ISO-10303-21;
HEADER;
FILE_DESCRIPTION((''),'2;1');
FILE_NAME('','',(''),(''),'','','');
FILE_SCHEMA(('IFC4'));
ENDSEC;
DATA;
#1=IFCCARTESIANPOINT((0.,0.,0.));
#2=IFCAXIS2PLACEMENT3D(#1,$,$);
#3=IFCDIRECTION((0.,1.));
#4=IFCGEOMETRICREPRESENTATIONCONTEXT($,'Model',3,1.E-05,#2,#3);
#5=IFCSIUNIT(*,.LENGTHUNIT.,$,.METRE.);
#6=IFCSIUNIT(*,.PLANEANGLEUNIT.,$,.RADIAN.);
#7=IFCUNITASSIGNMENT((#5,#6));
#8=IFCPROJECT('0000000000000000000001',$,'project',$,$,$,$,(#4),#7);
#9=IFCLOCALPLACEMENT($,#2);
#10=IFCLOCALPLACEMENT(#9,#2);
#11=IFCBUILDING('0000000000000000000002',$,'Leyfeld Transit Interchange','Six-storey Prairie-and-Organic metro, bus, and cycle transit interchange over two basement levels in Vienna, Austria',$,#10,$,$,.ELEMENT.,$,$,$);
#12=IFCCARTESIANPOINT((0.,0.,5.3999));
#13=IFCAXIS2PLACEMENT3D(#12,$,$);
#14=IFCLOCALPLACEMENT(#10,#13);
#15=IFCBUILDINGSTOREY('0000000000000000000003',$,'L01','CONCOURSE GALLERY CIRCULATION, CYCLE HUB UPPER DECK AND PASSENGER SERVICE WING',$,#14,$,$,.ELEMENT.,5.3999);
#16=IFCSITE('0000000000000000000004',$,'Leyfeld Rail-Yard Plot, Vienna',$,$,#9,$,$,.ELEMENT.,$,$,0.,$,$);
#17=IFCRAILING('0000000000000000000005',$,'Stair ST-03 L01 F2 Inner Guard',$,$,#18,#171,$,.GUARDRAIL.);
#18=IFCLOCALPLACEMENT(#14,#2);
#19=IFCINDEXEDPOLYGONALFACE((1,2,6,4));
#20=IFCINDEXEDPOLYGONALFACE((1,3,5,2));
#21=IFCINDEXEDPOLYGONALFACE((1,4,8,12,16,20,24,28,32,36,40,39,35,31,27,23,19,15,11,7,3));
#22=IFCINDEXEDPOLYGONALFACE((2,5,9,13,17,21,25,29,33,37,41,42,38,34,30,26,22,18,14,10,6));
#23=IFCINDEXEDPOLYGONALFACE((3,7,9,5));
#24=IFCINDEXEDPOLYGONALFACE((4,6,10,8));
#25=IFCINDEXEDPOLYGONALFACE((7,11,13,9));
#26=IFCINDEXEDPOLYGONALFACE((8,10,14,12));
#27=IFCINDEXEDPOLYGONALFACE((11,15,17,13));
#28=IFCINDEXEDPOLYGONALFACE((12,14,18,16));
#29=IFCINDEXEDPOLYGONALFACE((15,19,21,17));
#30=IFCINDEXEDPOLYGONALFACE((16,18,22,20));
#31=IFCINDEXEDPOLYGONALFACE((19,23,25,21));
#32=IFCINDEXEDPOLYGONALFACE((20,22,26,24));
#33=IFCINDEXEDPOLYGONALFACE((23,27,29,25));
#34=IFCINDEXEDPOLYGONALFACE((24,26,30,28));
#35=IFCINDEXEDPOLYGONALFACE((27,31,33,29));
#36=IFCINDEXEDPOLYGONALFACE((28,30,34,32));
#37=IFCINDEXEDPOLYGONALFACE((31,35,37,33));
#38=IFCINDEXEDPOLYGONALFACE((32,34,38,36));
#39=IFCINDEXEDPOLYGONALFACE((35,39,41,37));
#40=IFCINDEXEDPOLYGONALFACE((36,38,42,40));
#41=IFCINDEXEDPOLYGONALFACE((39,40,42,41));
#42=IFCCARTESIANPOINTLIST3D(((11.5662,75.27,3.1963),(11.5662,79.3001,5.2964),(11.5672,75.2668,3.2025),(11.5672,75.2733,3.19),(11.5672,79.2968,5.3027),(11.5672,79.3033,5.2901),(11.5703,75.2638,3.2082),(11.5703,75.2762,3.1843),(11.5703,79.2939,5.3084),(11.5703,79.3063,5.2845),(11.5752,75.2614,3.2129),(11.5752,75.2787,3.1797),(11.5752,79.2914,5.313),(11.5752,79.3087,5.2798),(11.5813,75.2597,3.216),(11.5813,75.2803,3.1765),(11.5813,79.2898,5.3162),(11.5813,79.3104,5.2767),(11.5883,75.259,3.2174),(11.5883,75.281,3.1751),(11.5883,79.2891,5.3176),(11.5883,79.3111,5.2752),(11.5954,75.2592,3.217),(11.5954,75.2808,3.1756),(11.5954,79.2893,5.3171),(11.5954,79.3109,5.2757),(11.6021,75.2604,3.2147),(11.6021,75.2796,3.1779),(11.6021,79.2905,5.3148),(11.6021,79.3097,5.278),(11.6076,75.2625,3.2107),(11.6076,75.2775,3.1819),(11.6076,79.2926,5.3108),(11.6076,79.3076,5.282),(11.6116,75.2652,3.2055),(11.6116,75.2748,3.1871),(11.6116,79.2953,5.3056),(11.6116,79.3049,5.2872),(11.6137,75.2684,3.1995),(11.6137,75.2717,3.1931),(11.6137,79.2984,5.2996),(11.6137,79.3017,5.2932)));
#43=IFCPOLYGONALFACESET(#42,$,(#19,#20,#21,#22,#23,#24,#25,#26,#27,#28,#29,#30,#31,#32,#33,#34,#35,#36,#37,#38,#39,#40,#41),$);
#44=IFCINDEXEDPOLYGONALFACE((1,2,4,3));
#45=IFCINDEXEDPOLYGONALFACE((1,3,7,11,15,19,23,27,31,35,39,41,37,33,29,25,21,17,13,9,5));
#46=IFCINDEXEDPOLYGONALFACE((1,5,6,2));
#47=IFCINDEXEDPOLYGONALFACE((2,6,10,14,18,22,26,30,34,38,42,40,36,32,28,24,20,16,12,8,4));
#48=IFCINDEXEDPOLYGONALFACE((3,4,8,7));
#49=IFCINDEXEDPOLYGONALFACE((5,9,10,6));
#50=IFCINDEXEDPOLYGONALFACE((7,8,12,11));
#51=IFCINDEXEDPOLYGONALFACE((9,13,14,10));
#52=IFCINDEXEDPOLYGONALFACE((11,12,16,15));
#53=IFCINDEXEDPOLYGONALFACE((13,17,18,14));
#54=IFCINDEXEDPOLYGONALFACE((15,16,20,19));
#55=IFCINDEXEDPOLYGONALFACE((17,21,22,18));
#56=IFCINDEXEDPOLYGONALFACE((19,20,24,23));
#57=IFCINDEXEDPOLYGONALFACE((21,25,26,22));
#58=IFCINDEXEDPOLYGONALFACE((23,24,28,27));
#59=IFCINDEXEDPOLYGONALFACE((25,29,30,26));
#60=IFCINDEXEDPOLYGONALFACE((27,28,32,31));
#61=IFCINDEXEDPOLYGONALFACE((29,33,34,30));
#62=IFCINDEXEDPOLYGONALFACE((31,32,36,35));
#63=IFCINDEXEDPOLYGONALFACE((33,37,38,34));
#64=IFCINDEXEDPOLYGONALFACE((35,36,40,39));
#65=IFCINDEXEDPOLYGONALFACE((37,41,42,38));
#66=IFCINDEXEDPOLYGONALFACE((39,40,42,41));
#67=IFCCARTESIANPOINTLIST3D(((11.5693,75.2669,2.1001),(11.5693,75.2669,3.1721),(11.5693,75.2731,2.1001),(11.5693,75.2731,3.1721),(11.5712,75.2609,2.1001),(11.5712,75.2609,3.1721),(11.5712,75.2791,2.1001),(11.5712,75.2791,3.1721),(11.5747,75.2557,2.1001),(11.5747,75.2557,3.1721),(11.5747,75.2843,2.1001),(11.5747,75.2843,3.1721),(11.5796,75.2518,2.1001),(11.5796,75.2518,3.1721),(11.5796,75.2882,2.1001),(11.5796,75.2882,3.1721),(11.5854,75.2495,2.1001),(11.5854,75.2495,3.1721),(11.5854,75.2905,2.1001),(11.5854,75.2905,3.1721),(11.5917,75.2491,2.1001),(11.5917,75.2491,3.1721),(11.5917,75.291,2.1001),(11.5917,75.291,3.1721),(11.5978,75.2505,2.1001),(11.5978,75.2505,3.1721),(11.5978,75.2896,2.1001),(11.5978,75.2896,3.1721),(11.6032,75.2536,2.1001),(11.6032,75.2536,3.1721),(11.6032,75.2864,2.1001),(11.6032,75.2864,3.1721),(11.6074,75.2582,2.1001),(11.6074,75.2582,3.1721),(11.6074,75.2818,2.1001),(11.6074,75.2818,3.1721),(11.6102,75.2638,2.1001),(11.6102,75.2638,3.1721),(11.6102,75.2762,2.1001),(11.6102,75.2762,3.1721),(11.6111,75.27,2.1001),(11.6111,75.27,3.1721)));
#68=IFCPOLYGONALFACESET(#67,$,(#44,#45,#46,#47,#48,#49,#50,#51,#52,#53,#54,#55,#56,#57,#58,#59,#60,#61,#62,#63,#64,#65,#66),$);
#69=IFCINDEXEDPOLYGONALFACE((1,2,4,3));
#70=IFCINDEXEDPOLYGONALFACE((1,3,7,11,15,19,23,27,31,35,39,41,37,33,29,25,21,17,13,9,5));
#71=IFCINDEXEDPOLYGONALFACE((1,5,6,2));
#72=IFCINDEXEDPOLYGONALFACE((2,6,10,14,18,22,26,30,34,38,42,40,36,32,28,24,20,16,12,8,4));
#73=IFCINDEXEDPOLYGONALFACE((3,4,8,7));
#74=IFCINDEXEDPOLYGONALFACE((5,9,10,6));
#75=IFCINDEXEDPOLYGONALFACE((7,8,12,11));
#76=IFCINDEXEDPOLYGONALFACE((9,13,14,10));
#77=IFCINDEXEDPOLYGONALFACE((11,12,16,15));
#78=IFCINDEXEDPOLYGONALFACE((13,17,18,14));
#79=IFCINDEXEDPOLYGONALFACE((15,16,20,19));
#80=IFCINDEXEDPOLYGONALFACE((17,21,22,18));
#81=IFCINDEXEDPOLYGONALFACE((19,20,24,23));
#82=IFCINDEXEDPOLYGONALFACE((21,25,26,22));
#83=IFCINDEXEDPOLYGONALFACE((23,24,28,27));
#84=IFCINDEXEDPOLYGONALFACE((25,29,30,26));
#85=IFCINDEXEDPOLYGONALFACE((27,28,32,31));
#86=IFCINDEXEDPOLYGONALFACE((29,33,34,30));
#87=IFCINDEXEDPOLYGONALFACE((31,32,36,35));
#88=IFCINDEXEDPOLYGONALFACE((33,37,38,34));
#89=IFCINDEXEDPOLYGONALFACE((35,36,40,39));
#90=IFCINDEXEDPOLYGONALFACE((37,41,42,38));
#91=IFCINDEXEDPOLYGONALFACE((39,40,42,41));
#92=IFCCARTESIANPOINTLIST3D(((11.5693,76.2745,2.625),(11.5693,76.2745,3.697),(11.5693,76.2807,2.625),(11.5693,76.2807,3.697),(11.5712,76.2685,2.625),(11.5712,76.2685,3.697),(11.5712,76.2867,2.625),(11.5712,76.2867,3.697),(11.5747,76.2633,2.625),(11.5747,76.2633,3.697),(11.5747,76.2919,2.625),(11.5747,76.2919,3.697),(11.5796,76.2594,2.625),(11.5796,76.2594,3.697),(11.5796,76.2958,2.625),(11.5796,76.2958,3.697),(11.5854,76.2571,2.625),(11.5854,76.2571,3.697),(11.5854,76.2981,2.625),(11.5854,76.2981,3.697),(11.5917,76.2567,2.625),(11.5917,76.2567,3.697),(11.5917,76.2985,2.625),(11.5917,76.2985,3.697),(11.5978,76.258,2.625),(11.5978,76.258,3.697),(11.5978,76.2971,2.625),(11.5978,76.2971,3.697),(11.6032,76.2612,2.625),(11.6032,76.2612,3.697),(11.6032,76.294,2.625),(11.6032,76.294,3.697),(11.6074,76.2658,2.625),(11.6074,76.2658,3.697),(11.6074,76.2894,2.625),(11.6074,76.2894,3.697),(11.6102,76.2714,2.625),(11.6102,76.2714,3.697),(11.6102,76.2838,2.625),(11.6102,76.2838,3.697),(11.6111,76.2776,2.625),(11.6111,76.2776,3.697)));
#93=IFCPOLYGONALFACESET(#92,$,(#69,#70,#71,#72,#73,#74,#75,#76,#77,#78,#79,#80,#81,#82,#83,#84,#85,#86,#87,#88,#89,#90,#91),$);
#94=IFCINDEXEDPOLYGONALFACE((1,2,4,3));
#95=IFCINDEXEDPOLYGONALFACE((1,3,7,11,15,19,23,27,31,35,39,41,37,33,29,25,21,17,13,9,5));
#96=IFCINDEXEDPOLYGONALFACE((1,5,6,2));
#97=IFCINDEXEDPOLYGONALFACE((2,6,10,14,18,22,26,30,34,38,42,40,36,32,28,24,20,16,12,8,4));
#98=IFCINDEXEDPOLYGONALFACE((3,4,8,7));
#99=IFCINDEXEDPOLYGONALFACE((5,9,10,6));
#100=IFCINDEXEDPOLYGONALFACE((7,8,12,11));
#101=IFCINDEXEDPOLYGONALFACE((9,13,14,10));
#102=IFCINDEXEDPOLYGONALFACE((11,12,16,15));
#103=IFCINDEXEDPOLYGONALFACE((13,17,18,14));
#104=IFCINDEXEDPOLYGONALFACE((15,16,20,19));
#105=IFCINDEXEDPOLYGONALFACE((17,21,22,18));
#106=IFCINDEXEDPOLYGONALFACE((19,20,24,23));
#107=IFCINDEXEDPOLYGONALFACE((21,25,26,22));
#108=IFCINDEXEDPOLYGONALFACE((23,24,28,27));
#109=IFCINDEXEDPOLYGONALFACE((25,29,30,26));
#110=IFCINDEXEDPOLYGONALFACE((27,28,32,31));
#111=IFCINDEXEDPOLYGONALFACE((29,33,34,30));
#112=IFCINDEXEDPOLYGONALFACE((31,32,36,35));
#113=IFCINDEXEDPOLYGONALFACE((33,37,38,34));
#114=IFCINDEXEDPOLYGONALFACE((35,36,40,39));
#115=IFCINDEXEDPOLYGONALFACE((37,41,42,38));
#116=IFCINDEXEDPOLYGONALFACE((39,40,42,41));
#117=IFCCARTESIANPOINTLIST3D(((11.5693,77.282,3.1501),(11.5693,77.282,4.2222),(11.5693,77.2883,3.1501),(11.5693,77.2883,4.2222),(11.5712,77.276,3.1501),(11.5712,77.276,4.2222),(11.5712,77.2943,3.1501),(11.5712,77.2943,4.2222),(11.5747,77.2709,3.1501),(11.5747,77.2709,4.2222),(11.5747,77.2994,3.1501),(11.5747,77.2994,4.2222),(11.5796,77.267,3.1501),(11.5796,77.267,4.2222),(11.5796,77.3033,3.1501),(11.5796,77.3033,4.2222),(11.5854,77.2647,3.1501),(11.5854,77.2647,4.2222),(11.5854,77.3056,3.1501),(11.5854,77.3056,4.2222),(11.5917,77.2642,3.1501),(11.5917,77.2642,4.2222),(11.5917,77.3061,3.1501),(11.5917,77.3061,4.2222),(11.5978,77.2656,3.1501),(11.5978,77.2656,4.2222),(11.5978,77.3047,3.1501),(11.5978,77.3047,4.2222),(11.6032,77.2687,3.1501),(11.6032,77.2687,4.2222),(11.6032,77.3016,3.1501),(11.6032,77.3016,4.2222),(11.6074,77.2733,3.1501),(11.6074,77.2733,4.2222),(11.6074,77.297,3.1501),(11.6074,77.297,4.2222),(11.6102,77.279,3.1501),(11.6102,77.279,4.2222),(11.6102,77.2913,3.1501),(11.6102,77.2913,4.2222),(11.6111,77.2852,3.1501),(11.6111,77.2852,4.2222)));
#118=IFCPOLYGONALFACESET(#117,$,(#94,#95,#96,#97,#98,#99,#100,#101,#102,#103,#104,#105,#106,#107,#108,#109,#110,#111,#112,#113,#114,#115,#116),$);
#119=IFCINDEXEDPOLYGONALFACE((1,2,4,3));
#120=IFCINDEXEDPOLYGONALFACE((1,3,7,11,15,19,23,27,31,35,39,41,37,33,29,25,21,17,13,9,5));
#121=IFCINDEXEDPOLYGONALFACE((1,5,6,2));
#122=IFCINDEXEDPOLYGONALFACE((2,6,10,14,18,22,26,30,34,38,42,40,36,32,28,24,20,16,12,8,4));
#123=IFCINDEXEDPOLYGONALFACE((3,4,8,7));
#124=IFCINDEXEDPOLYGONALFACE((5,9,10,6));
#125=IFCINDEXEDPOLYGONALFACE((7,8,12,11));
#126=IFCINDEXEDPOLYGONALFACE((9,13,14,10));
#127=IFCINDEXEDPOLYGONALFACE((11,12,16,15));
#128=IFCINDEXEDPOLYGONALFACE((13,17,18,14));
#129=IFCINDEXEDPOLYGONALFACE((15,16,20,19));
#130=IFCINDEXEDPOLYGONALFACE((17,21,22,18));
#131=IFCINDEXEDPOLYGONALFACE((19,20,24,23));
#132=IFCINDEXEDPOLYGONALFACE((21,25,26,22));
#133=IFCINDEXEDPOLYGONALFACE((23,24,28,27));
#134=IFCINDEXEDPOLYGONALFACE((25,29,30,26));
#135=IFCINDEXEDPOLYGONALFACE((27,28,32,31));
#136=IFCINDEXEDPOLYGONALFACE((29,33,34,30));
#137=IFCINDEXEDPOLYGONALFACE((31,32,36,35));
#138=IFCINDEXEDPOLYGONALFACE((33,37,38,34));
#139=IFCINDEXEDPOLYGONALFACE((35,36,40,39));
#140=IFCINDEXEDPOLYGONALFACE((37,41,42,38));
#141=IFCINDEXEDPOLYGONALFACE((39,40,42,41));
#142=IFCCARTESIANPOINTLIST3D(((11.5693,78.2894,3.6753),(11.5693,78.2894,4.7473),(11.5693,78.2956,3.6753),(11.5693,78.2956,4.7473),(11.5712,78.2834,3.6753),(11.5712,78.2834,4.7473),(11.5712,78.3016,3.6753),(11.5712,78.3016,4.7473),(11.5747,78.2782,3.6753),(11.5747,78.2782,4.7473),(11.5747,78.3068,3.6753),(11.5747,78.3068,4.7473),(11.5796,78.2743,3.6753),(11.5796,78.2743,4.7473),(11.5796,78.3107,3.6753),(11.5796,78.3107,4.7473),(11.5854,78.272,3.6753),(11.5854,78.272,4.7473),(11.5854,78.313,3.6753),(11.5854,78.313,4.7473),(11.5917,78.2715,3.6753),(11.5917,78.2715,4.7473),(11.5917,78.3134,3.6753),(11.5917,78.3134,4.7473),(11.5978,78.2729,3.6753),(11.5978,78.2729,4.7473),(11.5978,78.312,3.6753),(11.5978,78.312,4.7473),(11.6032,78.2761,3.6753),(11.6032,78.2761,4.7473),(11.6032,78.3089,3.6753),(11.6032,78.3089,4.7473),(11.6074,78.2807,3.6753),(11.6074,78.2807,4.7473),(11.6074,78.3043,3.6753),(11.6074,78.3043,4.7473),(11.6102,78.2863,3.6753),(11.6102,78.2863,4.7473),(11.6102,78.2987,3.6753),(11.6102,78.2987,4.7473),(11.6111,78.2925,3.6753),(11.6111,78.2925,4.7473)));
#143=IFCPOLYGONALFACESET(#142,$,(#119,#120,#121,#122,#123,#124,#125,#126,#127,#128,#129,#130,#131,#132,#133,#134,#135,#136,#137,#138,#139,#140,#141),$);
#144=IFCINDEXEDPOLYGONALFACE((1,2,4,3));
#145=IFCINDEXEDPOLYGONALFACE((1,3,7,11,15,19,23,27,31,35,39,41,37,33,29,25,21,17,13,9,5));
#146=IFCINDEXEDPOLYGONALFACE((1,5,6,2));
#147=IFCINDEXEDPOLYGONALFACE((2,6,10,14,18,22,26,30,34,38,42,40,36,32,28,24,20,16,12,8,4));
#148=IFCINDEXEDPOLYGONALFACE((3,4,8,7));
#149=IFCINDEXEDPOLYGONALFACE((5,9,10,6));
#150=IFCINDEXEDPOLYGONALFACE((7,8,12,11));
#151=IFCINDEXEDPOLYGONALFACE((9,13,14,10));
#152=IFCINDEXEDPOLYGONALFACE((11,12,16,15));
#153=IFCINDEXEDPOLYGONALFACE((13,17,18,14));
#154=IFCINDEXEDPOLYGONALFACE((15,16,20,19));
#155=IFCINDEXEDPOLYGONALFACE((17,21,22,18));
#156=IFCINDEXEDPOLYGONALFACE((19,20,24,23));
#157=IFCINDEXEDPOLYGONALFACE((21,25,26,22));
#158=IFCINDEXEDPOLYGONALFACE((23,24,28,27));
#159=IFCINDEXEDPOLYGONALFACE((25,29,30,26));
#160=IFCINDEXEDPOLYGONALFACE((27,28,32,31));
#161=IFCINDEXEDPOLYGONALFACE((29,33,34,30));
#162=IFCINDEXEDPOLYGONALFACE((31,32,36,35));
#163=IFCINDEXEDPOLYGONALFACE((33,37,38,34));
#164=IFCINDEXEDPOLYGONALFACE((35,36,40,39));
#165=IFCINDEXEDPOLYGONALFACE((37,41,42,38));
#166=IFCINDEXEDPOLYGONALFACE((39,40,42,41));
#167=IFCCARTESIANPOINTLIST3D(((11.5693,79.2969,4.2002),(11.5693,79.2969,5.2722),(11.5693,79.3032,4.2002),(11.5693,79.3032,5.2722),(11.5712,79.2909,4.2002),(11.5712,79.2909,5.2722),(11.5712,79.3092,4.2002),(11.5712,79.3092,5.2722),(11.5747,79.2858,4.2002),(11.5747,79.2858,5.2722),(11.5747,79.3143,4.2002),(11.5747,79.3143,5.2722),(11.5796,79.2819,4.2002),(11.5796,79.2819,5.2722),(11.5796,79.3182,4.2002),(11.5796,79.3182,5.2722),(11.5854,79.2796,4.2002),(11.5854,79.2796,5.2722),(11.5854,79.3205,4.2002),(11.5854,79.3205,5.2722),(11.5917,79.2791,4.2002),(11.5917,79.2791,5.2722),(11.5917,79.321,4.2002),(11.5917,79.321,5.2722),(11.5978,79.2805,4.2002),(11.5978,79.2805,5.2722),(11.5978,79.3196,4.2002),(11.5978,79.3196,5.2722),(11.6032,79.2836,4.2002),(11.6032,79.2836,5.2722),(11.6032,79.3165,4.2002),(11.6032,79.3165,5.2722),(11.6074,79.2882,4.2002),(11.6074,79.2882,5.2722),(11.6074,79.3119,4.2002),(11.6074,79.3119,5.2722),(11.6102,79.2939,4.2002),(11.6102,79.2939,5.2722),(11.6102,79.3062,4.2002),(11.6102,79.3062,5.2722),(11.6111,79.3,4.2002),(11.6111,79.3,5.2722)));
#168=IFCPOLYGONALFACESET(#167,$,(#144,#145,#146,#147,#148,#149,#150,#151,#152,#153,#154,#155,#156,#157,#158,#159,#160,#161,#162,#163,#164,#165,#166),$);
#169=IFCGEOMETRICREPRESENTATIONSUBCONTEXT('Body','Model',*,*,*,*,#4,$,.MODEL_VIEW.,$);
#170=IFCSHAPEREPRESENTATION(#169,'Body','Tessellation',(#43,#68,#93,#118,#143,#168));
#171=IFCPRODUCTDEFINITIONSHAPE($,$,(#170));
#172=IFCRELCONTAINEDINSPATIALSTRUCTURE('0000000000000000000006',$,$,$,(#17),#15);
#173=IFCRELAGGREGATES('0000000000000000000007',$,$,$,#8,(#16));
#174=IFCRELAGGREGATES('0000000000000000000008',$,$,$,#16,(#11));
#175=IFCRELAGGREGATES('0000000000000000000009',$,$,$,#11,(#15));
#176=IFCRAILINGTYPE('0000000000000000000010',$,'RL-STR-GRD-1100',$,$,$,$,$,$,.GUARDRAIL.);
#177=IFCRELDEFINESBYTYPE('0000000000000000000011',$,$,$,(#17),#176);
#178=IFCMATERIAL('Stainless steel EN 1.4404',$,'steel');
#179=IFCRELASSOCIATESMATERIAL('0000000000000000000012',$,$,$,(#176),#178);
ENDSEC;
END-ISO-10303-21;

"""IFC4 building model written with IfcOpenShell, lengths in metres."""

from ifc_helpers import new_model, si_unit, direction, frame, origin, origin_2d, place, context, subcontext, project, spatial, circle, extrude, material, type_object, element, save


model = new_model("IFC4")

# Units and contexts
model_context = context("Model", 3, precision=1e-05, world=origin(), true_north=direction((0.0, 1.0)))
body_context = subcontext(model_context, "Body", "Model", "MODEL_VIEW")
ifc_project = project(units=[si_unit("LENGTHUNIT", "METRE"), si_unit("PLANEANGLEUNIT", "RADIAN")], contexts=[model_context])

# Site, building, storey
site_placement = place(None, origin())
site = spatial("IfcSite", under=ifc_project, at=site_placement, Name="Leyfeld Rail-Yard Plot, Vienna", CompositionType="ELEMENT", RefElevation=0.0)
building_placement = place(site_placement, origin())
building = spatial("IfcBuilding", under=site, at=building_placement, Name="Leyfeld Transit Interchange", Description="Six-storey Prairie-and-Organic metro, bus, and cycle transit interchange over two basement levels in Vienna, Austria", CompositionType="ELEMENT")
storey_placement = place(building_placement, frame((0.0, 0.0, 5.3999)))
storey = spatial("IfcBuildingStorey", under=building, at=storey_placement, Name="L01", Description="CONCOURSE GALLERY CIRCULATION, CYCLE HUB UPPER DECK AND PASSENGER SERVICE WING", CompositionType="ELEMENT", Elevation=5.3999)

# Shared definitions
ifc_material_1 = material(Name="Stainless steel EN 1.4404", Category="steel")

# Railing
railing_type_1 = type_object("IfcRailingType", Name="RL-STR-GRD-1100", PredefinedType="GUARDRAIL", material=ifc_material_1)
for number, where, name in (
    (1, (11.5901, 75.27, 2.1001), "Stair ST-03 L01 F2 Inner Guard"),
):
    element("IfcRailing", number, at=place(storey_placement, frame(where)), inside=storey, type_object=railing_type_1, Name=name, PredefinedType="GUARDRAIL", context=body_context, shape_type="SweptSolid", body=[
        extrude(circle(Radius=0.0239, at=origin_2d()), frame((0.0, 0.0, 1.0962), z_axis=(0.0, 0.886813, 0.462129), x_axis=(-1.0, 0.0, 0.0)), (0.0, 0.0, 1.0), 4.5444),
        extrude(circle(Radius=0.021, at=origin_2d()), origin(), (0.0, 0.0, 1.0), 1.072),
        extrude(circle(Radius=0.021, at=origin_2d()), frame((0.0, 1.0076, 0.5249)), (0.0, 0.0, 1.0), 1.072),
        extrude(circle(Radius=0.021, at=origin_2d()), frame((0.0, 2.0151, 1.05)), (0.0, 0.0, 1.0), 1.072),
        extrude(circle(Radius=0.021, at=origin_2d()), frame((0.0, 3.0225, 1.5752)), (0.0, 0.0, 1.0), 1.072),
        extrude(circle(Radius=0.021, at=origin_2d()), frame((0.0, 4.03, 2.1001)), (0.0, 0.0, 1.0), 1.072),
    ])

save(model, "model.ifc")
